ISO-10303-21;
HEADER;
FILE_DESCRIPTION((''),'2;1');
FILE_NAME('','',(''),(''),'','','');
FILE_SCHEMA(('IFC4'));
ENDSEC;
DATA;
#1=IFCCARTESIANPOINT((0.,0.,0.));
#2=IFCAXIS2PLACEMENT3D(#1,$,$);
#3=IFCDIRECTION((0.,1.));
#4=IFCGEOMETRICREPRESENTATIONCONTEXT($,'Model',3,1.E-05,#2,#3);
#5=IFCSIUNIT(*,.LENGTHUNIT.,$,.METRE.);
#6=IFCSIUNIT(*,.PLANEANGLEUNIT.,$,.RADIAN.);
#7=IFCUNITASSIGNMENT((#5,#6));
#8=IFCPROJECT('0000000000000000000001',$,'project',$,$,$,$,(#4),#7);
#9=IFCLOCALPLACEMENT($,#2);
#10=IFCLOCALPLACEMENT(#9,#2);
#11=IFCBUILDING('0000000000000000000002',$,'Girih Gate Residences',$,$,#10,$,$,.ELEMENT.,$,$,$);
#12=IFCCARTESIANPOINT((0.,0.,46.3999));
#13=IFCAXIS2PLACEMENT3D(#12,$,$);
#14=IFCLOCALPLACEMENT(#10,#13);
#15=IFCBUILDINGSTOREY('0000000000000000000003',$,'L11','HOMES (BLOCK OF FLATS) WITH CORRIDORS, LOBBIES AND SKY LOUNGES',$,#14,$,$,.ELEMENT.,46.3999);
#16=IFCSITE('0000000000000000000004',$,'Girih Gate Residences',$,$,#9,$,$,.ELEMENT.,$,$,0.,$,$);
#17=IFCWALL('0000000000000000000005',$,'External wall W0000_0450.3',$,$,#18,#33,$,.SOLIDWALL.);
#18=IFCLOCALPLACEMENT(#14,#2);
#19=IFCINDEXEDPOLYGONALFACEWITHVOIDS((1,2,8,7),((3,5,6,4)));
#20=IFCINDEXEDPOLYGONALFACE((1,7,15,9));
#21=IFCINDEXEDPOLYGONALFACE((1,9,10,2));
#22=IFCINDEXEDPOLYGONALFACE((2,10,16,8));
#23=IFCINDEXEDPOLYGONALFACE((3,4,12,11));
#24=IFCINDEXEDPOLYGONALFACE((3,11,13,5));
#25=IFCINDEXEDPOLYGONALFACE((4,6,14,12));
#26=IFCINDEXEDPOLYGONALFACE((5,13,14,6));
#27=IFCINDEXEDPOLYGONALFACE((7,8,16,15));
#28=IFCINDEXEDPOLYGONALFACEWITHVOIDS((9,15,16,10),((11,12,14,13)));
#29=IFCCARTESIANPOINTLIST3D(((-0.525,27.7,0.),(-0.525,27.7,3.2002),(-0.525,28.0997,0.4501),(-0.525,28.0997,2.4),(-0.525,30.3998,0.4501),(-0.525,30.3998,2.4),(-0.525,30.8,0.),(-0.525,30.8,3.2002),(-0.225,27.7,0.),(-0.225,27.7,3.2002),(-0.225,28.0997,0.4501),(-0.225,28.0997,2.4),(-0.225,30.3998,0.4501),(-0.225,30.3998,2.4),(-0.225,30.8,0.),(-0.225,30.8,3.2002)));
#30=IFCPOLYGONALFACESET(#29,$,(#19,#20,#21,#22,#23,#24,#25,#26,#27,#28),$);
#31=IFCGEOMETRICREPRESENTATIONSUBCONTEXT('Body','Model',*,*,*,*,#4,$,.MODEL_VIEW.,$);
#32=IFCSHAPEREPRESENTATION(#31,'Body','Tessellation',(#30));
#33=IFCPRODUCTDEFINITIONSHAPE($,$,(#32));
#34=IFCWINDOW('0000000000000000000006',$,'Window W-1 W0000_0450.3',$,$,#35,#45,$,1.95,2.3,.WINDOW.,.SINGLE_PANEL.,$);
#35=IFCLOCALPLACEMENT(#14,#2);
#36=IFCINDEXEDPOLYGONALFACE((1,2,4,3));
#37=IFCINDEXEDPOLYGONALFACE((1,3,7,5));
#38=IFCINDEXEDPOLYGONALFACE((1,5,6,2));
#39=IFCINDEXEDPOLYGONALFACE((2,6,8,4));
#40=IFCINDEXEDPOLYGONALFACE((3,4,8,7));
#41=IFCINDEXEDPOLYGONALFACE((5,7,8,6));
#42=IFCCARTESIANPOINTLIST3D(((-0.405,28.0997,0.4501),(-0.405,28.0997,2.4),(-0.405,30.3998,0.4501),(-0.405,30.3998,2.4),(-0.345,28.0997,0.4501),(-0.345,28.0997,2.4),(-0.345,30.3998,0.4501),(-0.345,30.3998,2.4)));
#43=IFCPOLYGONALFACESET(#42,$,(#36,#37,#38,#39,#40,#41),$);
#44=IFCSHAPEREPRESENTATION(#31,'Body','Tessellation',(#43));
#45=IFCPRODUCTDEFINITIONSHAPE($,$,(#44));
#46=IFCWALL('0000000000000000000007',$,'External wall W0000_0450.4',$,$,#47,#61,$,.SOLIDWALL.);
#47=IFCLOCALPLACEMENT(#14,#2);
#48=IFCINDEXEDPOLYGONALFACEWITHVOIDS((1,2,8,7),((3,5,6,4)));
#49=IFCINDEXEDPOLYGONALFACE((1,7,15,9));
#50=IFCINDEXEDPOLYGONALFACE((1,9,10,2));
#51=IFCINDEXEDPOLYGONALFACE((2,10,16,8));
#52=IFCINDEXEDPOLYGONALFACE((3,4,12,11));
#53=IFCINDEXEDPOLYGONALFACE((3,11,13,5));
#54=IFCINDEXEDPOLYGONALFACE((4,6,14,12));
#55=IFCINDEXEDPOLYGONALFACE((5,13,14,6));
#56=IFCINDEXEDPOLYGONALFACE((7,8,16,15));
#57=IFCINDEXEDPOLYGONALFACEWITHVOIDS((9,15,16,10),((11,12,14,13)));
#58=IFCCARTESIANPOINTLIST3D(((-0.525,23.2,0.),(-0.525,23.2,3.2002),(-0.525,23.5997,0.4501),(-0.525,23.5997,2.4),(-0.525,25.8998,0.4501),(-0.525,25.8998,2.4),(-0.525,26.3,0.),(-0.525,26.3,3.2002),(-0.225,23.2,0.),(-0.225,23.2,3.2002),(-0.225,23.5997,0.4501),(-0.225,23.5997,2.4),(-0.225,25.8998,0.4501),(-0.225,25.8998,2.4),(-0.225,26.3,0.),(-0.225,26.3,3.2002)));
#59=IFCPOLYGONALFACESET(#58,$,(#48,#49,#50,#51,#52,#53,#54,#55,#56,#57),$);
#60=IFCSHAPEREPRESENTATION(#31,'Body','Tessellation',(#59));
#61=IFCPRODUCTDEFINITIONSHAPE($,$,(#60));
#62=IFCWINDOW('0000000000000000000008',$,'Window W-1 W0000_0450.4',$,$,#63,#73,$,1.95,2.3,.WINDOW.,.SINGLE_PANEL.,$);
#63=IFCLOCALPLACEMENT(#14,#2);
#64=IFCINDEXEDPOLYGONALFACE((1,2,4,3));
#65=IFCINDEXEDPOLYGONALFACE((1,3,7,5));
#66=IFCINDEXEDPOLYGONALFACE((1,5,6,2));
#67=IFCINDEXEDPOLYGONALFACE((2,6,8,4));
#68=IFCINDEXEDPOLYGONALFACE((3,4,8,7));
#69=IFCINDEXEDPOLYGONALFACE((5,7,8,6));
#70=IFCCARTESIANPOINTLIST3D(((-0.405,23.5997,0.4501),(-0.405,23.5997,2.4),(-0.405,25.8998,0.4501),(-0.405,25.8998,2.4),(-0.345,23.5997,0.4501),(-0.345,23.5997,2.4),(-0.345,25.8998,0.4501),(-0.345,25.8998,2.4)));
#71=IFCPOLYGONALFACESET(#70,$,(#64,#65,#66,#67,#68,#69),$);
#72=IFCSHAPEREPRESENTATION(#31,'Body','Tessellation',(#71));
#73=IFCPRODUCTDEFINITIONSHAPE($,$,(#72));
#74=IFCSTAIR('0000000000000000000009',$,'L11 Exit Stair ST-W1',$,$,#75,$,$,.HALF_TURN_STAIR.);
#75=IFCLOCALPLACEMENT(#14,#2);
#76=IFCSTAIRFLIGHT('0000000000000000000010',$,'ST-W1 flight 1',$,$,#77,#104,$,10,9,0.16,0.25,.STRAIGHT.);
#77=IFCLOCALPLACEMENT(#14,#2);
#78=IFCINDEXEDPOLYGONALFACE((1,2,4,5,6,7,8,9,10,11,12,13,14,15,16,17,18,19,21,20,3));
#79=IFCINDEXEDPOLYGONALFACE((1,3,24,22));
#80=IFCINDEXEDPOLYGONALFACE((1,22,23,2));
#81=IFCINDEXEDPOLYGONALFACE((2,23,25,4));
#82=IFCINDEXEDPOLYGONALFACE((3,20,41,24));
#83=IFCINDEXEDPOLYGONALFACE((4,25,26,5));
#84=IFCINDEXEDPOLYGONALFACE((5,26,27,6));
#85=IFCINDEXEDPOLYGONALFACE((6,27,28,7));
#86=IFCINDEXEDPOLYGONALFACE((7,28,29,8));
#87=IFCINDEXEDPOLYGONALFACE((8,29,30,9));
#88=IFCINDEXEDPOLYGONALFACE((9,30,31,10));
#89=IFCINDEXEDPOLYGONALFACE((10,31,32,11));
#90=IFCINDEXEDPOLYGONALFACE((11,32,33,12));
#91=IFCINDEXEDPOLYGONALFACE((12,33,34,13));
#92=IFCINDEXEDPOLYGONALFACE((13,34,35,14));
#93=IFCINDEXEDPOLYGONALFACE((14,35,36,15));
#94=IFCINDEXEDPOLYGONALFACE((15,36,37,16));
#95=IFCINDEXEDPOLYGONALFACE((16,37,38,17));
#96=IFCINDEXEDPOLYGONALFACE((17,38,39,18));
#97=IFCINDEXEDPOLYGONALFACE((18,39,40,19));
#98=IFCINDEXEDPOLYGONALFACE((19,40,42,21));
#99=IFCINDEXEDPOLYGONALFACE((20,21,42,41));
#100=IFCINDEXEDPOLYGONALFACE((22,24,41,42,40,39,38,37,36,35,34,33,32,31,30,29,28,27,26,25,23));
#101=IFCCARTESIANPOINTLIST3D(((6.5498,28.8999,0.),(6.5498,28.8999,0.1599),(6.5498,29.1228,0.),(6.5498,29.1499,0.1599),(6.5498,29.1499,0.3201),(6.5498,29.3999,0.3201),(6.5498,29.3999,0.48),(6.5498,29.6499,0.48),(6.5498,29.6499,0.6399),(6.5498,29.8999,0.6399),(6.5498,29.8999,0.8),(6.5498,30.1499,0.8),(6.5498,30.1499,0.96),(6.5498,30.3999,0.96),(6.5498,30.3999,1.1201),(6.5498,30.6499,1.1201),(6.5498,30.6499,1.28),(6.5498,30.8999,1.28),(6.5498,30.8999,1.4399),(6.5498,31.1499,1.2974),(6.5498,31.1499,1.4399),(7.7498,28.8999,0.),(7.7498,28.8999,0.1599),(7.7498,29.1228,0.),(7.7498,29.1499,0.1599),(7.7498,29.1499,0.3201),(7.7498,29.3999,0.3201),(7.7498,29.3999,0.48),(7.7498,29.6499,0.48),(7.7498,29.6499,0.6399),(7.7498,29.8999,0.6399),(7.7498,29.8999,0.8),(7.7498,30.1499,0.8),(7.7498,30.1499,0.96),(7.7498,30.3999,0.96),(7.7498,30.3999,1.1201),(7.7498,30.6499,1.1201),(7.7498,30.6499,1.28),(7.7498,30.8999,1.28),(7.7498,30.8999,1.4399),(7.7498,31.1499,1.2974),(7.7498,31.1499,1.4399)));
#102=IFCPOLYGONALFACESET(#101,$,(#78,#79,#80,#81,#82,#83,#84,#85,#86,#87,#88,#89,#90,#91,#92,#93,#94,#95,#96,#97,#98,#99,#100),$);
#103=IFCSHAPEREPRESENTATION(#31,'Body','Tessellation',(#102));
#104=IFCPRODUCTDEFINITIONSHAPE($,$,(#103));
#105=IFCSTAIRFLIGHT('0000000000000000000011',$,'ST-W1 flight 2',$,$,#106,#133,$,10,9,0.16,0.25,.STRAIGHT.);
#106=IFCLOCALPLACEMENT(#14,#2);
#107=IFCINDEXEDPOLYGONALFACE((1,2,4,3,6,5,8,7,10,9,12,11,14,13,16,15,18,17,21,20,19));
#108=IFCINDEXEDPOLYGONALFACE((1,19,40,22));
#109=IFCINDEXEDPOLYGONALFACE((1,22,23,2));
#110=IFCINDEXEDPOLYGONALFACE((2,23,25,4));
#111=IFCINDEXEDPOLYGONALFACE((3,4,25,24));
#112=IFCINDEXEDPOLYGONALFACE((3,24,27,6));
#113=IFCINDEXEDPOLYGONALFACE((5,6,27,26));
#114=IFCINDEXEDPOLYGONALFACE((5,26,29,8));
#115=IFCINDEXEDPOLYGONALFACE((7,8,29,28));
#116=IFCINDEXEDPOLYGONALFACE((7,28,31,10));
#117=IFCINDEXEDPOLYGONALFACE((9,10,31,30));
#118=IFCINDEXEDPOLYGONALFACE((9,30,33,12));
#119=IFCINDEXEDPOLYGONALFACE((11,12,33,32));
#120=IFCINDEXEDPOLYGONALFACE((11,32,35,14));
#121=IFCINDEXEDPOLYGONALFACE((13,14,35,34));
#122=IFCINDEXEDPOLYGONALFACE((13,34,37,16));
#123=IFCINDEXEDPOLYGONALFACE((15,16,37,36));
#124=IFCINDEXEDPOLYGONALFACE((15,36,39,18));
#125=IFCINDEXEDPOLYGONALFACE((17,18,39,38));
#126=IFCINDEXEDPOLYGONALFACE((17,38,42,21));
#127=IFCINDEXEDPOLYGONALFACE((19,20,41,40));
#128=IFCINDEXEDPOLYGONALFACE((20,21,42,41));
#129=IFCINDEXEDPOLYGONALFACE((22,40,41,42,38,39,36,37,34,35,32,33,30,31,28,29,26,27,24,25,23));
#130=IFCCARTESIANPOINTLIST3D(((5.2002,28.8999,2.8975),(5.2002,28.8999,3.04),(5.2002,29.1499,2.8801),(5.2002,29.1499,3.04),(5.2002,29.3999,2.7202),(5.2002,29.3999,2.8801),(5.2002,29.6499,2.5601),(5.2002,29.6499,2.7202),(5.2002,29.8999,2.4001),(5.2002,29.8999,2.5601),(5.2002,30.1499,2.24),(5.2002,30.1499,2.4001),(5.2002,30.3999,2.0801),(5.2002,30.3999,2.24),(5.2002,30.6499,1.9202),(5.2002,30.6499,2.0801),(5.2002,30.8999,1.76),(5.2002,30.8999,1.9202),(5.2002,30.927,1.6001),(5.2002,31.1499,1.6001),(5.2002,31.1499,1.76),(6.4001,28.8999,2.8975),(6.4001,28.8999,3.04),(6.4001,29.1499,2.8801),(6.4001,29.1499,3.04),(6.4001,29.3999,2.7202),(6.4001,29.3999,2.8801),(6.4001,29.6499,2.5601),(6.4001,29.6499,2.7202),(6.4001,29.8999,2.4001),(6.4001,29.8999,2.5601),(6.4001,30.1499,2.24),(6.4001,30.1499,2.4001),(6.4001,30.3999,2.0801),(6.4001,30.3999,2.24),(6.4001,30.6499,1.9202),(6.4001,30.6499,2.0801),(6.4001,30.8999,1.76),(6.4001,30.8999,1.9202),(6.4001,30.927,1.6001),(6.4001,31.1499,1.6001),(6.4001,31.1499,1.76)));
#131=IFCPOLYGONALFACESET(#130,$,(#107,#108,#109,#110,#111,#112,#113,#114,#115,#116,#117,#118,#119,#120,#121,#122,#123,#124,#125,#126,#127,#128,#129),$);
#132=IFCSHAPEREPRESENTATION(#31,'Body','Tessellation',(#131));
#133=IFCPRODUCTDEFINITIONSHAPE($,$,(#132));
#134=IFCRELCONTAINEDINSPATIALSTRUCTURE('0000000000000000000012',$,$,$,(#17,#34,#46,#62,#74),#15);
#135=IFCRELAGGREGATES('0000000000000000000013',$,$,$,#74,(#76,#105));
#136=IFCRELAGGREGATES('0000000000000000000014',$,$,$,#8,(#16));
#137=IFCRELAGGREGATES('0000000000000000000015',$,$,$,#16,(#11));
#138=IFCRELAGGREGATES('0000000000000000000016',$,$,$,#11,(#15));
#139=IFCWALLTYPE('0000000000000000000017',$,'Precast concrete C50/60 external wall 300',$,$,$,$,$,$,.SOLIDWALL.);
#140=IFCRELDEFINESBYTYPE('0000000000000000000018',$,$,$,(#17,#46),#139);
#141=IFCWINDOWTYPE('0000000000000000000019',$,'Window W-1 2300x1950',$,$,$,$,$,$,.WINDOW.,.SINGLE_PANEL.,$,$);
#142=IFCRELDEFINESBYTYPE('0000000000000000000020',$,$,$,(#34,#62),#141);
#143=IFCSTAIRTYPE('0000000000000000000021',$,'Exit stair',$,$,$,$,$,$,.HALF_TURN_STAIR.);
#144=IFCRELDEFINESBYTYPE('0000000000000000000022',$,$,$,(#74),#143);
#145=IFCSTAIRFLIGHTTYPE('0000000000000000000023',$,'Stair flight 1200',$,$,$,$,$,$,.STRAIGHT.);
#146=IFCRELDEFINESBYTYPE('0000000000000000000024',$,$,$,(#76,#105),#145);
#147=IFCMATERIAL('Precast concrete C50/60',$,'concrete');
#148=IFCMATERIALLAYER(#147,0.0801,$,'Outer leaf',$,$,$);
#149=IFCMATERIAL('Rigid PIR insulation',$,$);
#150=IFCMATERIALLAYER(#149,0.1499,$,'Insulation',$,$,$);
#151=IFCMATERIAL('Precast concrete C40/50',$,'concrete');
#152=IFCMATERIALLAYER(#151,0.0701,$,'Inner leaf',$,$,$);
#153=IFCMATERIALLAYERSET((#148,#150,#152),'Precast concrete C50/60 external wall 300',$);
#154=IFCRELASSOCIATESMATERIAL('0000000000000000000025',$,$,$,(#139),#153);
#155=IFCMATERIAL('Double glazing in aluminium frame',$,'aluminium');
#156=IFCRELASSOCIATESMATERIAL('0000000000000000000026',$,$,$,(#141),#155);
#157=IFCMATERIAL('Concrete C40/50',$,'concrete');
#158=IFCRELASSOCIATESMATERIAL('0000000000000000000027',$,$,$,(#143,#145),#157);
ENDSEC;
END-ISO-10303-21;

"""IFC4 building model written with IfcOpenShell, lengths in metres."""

from ifc_helpers import new_model, si_unit, direction, frame, frame_2d, origin, place, context, subcontext, project, spatial, polyline, rectangle, outline, extrude, material, layer, layer_set, type_object, element, fill, aggregate, save


model = new_model("IFC4")

# Units and contexts
model_context = context("Model", 3, precision=1e-05, world=origin(), true_north=direction((0.0, 1.0)))
body_context = subcontext(model_context, "Body", "Model", "MODEL_VIEW")
ifc_project = project(units=[si_unit("LENGTHUNIT", "METRE"), si_unit("PLANEANGLEUNIT", "RADIAN")], contexts=[model_context])

# Site, building, storey
site_placement = place(None, origin())
site = spatial("IfcSite", under=ifc_project, at=site_placement, Name="Girih Gate Residences", CompositionType="ELEMENT", RefElevation=0.0)
building_placement = place(site_placement, origin())
building = spatial("IfcBuilding", under=site, at=building_placement, Name="Girih Gate Residences", CompositionType="ELEMENT")
storey_placement = place(building_placement, frame((0.0, 0.0, 46.3999)))
storey = spatial("IfcBuildingStorey", under=building, at=storey_placement, Name="L11", Description="HOMES (BLOCK OF FLATS) WITH CORRIDORS, LOBBIES AND SKY LOUNGES", CompositionType="ELEMENT", Elevation=46.3999)

# Walls, openings, windows
ifc_material_1 = material(Name="Precast concrete C50/60", Category="concrete")
ifc_layer_1 = layer(ifc_material_1, 0.0801, Name="Outer leaf")
ifc_material_2 = material(Name="Rigid PIR insulation")
ifc_layer_2 = layer(ifc_material_2, 0.1499, Name="Insulation")
ifc_material_3 = material(Name="Precast concrete C40/50", Category="concrete")
ifc_layer_3 = layer(ifc_material_3, 0.0701, Name="Inner leaf")
ifc_layer_set_1 = layer_set([ifc_layer_1, ifc_layer_2, ifc_layer_3], Name="Precast concrete C50/60 external wall 300")
wall_type_1 = type_object("IfcWallType", Name="Precast concrete C50/60 external wall 300", PredefinedType="SOLIDWALL", material=ifc_layer_set_1)
wall_1_placement = place(storey_placement, frame((-0.375, 27.7, 0.0), z_axis=(0.0, 0.0, 1.0), x_axis=(0.0, 1.0, 0.0)))
wall_1 = element("IfcWall", 1, at=wall_1_placement, inside=storey, type_object=wall_type_1, Name="External wall W0000_0450.3", PredefinedType="SOLIDWALL", context=body_context, shape_type="SweptSolid", body=[
    extrude(rectangle(XDim=3.1001, YDim=0.3, at=frame_2d((1.55, 0.0))), origin(), (0.0, 0.0, 1.0), 3.2002),
])
opening_1_placement = place(wall_1_placement, frame((0.3999, 0.0, 0.45)))
opening_1 = element("IfcOpeningElement", 2, at=opening_1_placement, cuts=wall_1, PredefinedType="OPENING", context=body_context, shape_type="SweptSolid", body=[
    extrude(rectangle(XDim=2.3, YDim=1.95, at=frame_2d((1.1499, 0.9751))), frame((0.0, 0.1599, 0.0), z_axis=(0.0, -1.0, 0.0), x_axis=(1.0, 0.0, 0.0)), (0.0, 0.0, 1.0), 0.3201),
])
ifc_material_4 = material(Name="Double glazing in aluminium frame", Category="aluminium")
window_type = type_object("IfcWindowType", Name="Window W-1 2300x1950", PartitioningType="SINGLE_PANEL", PredefinedType="WINDOW", material=ifc_material_4)
window_1_placement = place(opening_1_placement, origin())
window_1 = element("IfcWindow", 3, at=window_1_placement, inside=storey, type_object=window_type, Name="Window W-1 W0000_0450.3", OverallHeight=1.95, OverallWidth=2.3, PartitioningType="SINGLE_PANEL", PredefinedType="WINDOW", context=body_context, shape_type="SweptSolid", body=[
    extrude(rectangle(XDim=2.3, YDim=1.95, at=frame_2d((1.1499, 0.9751))), frame((0.0, 0.03, 0.0), z_axis=(0.0, -1.0, 0.0), x_axis=(1.0, 0.0, 0.0)), (0.0, 0.0, 1.0), 0.0601),
])
fill(opening_1, window_1)
wall_2_placement = place(storey_placement, frame((-0.375, 23.2, 0.0), z_axis=(0.0, 0.0, 1.0), x_axis=(0.0, 1.0, 0.0)))
wall_2 = element("IfcWall", 4, at=wall_2_placement, inside=storey, type_object=wall_type_1, Name="External wall W0000_0450.4", PredefinedType="SOLIDWALL", context=body_context, shape_type="SweptSolid", body=[
    extrude(rectangle(XDim=3.1001, YDim=0.3, at=frame_2d((1.55, 0.0))), origin(), (0.0, 0.0, 1.0), 3.2002),
])
opening_2_placement = place(wall_2_placement, frame((0.3999, 0.0, 0.45)))
opening_2 = element("IfcOpeningElement", 5, at=opening_2_placement, cuts=wall_2, PredefinedType="OPENING", context=body_context, shape_type="SweptSolid", body=[
    extrude(rectangle(XDim=2.3, YDim=1.95, at=frame_2d((1.1499, 0.9751))), frame((0.0, 0.1599, 0.0), z_axis=(0.0, -1.0, 0.0), x_axis=(1.0, 0.0, 0.0)), (0.0, 0.0, 1.0), 0.3201),
])
window_2_placement = place(opening_2_placement, origin())
window_2 = element("IfcWindow", 6, at=window_2_placement, inside=storey, type_object=window_type, Name="Window W-1 W0000_0450.4", OverallHeight=1.95, OverallWidth=2.3, PartitioningType="SINGLE_PANEL", PredefinedType="WINDOW", context=body_context, shape_type="SweptSolid", body=[
    extrude(rectangle(XDim=2.3, YDim=1.95, at=frame_2d((1.1499, 0.9751))), frame((0.0, 0.03, 0.0), z_axis=(0.0, -1.0, 0.0), x_axis=(1.0, 0.0, 0.0)), (0.0, 0.0, 1.0), 0.0601),
])
fill(opening_2, window_2)

# Stair, stair flights
ifc_material_5 = material(Name="Concrete C40/50", Category="concrete")
stair_type = type_object("IfcStairType", Name="Exit stair", PredefinedType="HALF_TURN_STAIR", material=ifc_material_5)
stair_placement = place(storey_placement, origin())
stair = element("IfcStair", 7, at=stair_placement, inside=storey, type_object=stair_type, Name="L11 Exit Stair ST-W1", PredefinedType="HALF_TURN_STAIR")
stair_flight_type = type_object("IfcStairFlightType", Name="Stair flight 1200", PredefinedType="STRAIGHT", material=ifc_material_5)
stair_flight_1_placement = place(storey_placement, frame((7.1499, 28.8999, 0.0), z_axis=(0.0, 0.0, 1.0), x_axis=(0.0, 1.0, 0.0)))
stair_flight_1 = element("IfcStairFlight", 8, at=stair_flight_1_placement, type_object=stair_flight_type, Name="ST-W1 flight 1", NumberOfRisers=10, NumberOfTreads=9, PredefinedType="STRAIGHT", RiserHeight=0.16, TreadLength=0.25, context=body_context, shape_type="SweptSolid", body=[
    extrude(outline(polyline([(0.0, 0.0), (0.0, 0.1599), (0.25, 0.1599), (0.25, 0.3201), (0.5, 0.3201), (0.5, 0.48), (0.75, 0.48), (0.75, 0.6399), (1.0, 0.6399), (1.0, 0.8), (1.25, 0.8), (1.25, 0.96), (1.5, 0.96), (1.5, 1.1201), (1.75, 1.1201), (1.75, 1.28), (2.0, 1.28), (2.0, 1.4399), (2.25, 1.4399), (2.25, 1.6001), (2.25, 1.2974), (0.2229, 0.0), (0.0, 0.0)])), frame((0.0, 0.6001, 0.0), z_axis=(0.0, -1.0, 0.0), x_axis=(1.0, 0.0, 0.0)), (0.0, 0.0, 1.0), 1.2),
])
stair_flight_2_placement = place(storey_placement, frame((5.8, 31.1499, 1.6001), z_axis=(0.0, 0.0, 1.0), x_axis=(0.0, -1.0, 0.0)))
stair_flight_2 = element("IfcStairFlight", 9, at=stair_flight_2_placement, type_object=stair_flight_type, Name="ST-W1 flight 2", NumberOfRisers=10, NumberOfTreads=9, PredefinedType="STRAIGHT", RiserHeight=0.16, TreadLength=0.25, context=body_context, shape_type="SweptSolid", body=[
    extrude(outline(polyline([(0.0, 0.0), (0.0, 0.1599), (0.25, 0.1599), (0.25, 0.3201), (0.5, 0.3201), (0.5, 0.48), (0.75, 0.48), (0.75, 0.6399), (1.0, 0.6399), (1.0, 0.8), (1.25, 0.8), (1.25, 0.96), (1.5, 0.96), (1.5, 1.1201), (1.75, 1.1201), (1.75, 1.28), (2.0, 1.28), (2.0, 1.4399), (2.25, 1.4399), (2.25, 1.6001), (2.25, 1.2974), (0.2229, 0.0), (0.0, 0.0)])), frame((0.0, 0.6001, 0.0), z_axis=(0.0, -1.0, 0.0), x_axis=(1.0, 0.0, 0.0)), (0.0, 0.0, 1.0), 1.2),
])
aggregate(stair, [stair_flight_1, stair_flight_2])

save(model, "model.ifc")
